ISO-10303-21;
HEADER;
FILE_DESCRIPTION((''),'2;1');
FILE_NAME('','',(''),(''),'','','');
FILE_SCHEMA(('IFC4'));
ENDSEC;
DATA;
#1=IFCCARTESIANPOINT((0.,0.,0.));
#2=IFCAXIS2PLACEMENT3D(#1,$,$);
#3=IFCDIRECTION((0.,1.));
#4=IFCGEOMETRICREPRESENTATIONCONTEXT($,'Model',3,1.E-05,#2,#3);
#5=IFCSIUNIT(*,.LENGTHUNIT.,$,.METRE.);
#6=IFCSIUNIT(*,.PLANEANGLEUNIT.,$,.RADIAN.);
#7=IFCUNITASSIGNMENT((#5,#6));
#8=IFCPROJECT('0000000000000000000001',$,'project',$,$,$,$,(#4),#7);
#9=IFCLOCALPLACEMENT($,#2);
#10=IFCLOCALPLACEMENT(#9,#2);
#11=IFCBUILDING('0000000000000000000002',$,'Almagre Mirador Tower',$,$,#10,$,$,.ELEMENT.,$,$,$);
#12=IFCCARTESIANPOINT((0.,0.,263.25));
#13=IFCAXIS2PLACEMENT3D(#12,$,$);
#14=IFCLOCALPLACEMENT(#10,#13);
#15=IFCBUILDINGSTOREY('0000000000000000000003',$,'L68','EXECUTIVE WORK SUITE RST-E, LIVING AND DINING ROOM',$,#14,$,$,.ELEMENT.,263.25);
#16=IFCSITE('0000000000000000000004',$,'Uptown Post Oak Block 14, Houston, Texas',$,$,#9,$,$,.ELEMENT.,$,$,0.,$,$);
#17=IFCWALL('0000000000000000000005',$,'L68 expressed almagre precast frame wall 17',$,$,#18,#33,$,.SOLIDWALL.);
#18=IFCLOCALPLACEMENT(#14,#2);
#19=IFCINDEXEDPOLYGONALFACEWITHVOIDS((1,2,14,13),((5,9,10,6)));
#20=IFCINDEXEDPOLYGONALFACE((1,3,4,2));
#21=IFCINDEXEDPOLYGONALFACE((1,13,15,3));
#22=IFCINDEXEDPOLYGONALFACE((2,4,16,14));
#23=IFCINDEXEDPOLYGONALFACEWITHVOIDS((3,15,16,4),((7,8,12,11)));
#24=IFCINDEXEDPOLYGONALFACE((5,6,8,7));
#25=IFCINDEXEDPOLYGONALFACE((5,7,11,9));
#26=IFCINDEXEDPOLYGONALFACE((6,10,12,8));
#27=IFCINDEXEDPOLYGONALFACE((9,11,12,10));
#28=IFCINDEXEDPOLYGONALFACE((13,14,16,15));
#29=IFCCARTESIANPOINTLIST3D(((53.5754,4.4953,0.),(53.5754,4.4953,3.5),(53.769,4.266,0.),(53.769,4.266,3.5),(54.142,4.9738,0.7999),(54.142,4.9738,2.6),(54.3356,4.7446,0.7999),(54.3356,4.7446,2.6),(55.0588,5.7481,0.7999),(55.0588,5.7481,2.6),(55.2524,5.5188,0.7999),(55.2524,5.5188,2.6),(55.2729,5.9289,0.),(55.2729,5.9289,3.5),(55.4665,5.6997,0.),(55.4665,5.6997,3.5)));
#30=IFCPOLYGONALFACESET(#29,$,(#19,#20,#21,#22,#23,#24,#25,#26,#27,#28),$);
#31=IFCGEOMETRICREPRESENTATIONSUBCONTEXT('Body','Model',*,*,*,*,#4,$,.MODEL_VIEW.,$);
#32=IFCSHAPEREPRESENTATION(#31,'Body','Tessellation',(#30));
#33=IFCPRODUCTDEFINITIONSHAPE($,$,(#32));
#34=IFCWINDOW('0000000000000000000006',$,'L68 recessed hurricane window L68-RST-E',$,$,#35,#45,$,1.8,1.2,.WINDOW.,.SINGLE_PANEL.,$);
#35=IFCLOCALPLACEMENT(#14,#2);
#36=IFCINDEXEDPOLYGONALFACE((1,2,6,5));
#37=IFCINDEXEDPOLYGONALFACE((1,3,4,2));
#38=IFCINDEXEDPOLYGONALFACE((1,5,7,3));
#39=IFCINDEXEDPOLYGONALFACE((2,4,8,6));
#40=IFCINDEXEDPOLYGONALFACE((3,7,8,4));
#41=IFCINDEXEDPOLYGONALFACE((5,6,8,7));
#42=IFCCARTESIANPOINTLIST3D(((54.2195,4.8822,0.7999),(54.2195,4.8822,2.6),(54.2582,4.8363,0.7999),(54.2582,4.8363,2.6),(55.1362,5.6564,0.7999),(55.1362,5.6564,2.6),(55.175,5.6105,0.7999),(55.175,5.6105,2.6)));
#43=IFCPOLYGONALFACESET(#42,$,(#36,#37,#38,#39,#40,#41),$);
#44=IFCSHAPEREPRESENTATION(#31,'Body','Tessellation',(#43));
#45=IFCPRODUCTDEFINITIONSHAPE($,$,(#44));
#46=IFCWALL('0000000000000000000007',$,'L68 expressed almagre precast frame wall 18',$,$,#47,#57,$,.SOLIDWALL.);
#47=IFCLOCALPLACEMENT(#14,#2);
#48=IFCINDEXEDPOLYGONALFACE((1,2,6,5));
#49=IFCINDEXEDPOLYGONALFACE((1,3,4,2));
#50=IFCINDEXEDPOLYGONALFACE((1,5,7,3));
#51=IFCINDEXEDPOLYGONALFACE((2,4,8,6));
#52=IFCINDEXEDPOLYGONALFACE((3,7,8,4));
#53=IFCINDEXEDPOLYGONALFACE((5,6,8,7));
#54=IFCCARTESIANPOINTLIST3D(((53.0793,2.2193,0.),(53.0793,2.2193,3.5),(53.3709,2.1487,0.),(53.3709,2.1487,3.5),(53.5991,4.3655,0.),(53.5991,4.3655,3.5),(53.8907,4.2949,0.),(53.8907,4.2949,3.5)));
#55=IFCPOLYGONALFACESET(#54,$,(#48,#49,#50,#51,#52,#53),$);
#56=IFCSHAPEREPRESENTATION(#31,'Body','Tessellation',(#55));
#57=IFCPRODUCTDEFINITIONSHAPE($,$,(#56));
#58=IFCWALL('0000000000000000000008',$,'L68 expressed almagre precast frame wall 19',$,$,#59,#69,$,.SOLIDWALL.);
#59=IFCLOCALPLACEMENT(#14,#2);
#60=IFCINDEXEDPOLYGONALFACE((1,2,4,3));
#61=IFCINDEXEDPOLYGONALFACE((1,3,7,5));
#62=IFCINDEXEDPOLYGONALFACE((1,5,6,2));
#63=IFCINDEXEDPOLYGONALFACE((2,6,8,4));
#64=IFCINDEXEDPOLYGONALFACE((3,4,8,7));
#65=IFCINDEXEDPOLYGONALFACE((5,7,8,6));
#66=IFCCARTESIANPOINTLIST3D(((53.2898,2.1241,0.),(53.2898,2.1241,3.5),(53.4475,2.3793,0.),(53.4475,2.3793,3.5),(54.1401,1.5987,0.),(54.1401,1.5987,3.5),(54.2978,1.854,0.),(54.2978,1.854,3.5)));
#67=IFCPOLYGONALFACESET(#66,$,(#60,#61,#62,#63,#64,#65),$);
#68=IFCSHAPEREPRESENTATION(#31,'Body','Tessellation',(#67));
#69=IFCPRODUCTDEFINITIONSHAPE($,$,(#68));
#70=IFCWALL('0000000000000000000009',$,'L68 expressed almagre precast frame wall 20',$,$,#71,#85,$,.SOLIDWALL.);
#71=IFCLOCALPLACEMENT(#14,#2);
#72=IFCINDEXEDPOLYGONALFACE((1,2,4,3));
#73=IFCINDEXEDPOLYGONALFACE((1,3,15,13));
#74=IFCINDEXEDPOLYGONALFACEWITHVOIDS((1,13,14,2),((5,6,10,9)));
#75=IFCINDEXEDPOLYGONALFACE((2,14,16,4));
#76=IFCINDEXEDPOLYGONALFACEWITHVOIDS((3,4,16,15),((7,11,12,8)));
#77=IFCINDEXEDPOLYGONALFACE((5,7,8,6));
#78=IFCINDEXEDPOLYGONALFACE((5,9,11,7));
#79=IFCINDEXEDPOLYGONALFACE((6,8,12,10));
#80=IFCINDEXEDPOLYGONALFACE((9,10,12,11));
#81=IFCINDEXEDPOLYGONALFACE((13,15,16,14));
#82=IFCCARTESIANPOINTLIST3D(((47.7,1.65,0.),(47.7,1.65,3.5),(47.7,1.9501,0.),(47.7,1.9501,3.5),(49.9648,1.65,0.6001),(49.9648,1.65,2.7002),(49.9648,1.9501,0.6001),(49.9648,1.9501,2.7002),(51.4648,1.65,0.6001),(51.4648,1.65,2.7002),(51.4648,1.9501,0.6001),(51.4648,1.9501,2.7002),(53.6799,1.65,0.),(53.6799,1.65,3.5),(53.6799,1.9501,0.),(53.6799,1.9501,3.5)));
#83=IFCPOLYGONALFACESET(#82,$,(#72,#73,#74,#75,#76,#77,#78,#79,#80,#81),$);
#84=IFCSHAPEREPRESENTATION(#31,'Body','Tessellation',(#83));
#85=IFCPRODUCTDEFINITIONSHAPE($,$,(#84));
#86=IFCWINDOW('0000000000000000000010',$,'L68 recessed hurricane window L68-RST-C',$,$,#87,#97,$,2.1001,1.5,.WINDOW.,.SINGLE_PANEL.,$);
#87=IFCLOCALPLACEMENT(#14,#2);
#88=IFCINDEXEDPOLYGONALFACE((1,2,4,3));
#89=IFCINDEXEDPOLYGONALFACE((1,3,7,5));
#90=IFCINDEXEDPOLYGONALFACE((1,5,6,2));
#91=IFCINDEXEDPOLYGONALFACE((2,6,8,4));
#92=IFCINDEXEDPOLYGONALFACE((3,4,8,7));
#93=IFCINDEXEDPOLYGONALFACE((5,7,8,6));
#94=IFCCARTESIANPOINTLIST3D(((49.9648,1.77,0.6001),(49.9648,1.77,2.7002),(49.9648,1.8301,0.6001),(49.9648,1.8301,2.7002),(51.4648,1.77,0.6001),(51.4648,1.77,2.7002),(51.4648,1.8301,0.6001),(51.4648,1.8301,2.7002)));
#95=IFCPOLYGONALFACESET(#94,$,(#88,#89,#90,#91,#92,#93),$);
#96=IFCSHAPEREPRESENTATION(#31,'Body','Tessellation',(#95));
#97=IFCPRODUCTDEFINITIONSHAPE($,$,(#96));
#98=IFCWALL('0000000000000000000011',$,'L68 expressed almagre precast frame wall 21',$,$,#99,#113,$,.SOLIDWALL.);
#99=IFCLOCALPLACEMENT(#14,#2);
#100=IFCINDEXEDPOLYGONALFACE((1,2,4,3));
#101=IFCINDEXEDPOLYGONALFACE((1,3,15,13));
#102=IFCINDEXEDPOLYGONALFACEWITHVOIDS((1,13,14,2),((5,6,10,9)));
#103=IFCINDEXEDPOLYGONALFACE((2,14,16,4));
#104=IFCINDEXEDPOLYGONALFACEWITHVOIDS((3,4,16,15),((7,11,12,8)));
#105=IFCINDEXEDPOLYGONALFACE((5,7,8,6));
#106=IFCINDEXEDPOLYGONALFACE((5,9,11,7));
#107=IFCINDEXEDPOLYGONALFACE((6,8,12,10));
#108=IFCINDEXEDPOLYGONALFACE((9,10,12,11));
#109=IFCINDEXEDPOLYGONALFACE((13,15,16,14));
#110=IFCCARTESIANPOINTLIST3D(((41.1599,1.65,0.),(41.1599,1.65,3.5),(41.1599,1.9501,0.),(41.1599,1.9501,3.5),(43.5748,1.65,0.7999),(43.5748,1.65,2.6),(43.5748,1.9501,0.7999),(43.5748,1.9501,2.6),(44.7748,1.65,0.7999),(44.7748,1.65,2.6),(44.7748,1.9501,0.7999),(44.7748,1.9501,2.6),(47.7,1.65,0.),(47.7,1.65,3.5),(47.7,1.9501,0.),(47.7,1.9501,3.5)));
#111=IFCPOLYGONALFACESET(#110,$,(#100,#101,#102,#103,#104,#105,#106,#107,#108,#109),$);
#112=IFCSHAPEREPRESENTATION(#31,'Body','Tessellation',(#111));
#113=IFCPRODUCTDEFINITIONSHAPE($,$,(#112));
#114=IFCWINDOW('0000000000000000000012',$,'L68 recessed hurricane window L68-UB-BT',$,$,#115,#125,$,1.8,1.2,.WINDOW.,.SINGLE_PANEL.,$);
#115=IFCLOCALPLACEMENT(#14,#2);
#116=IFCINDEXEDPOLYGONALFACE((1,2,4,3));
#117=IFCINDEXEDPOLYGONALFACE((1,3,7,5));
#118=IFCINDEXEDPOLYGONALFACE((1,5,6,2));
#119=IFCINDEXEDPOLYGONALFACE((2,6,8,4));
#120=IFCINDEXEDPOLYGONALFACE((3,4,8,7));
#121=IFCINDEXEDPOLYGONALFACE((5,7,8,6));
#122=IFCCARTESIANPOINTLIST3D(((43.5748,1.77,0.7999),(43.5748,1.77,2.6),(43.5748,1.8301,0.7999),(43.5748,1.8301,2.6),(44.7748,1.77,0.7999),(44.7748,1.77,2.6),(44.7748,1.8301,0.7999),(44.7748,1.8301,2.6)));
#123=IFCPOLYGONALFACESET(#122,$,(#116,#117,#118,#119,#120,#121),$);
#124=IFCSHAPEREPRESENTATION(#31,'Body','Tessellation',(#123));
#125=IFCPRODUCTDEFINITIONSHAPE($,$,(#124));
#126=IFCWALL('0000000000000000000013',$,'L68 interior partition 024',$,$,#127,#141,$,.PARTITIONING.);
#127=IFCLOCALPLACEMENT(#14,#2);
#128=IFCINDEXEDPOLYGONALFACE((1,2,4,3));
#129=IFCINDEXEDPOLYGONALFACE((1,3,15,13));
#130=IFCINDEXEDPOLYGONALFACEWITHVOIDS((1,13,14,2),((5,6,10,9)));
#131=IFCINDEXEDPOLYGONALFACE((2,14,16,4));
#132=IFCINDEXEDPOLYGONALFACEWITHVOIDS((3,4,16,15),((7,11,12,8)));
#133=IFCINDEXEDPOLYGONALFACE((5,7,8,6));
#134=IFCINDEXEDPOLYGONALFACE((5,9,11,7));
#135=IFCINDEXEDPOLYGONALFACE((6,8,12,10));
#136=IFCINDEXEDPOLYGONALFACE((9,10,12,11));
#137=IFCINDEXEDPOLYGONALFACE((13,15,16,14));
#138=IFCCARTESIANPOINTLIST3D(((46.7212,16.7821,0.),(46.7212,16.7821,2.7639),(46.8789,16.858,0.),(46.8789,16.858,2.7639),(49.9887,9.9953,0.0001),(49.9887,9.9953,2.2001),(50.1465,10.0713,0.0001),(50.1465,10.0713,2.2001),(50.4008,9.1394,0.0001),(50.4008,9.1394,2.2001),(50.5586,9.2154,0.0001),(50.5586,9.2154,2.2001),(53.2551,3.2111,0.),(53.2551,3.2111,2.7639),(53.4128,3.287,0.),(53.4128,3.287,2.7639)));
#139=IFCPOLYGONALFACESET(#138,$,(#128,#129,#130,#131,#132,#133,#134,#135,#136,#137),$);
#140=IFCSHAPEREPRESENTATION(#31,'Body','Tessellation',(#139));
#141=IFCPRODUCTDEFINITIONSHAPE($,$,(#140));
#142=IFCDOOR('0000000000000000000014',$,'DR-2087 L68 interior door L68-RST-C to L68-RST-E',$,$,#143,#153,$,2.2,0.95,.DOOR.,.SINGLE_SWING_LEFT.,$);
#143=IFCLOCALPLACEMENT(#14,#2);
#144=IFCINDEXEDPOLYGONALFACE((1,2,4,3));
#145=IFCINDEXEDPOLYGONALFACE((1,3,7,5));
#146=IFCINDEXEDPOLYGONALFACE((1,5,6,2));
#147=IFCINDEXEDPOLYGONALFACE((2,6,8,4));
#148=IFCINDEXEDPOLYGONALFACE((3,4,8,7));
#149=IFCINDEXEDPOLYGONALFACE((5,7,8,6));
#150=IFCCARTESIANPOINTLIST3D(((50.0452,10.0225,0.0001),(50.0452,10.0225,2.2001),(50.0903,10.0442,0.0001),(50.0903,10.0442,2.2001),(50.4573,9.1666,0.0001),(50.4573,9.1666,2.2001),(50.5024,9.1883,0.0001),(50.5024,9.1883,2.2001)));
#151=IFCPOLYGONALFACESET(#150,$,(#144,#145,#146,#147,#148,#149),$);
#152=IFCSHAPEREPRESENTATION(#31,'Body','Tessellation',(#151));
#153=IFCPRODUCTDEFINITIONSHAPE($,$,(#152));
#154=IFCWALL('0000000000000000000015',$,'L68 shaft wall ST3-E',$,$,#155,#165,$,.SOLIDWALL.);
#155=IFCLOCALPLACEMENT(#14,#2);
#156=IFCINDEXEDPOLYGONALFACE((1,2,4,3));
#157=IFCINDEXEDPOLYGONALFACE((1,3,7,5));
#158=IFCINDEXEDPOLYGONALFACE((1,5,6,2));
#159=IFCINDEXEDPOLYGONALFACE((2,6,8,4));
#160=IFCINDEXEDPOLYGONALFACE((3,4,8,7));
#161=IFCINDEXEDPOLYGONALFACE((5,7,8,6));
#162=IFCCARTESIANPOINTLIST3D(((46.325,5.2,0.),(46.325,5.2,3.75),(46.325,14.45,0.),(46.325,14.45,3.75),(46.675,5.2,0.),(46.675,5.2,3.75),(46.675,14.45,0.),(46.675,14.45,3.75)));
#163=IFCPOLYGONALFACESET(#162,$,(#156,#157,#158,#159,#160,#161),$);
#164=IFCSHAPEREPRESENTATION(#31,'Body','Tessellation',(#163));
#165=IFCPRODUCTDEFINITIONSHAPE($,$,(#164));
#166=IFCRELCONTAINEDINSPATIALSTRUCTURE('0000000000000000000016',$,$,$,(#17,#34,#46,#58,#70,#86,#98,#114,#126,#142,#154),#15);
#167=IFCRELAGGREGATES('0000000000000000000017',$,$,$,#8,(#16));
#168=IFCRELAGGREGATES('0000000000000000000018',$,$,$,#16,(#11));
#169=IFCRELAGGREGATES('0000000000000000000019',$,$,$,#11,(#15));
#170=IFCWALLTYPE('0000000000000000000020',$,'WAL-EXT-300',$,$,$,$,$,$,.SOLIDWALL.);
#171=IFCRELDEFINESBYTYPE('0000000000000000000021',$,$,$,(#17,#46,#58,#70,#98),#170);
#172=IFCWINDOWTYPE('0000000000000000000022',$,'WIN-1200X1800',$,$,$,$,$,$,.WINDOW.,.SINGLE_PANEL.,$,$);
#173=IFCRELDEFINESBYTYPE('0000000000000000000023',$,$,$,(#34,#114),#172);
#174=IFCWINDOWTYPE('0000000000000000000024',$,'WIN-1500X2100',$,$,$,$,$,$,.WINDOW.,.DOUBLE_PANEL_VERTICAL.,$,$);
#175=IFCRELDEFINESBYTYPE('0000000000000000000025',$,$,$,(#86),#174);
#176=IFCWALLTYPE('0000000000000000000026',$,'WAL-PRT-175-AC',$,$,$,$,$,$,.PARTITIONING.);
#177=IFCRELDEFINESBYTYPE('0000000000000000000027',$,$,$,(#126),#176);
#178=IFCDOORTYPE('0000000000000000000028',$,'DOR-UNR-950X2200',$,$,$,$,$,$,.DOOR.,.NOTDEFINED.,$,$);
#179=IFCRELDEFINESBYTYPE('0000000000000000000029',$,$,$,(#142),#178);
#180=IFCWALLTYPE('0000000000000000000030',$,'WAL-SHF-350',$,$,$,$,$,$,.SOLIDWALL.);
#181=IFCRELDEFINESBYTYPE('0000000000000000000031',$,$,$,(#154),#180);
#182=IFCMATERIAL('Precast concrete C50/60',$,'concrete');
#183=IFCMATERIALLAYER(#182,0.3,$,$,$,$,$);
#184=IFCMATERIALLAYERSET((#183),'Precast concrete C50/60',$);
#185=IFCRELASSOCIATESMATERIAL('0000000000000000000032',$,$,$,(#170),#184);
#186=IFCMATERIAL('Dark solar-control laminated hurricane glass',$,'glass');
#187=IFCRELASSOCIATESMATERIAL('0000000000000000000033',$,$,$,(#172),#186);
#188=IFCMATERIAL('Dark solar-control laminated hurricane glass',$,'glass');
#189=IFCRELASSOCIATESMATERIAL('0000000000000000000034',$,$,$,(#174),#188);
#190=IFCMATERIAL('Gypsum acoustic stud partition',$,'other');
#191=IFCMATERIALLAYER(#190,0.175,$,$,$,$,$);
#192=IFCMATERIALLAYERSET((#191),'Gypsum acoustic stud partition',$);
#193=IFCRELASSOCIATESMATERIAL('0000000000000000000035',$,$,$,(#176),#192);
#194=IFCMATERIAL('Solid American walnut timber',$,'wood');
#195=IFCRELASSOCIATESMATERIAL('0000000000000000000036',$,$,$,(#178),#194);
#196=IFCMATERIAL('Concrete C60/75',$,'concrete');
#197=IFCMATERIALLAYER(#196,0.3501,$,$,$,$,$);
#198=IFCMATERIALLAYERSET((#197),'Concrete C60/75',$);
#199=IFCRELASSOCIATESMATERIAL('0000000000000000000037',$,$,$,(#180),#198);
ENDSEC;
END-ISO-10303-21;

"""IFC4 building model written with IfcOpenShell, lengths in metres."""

from ifc_helpers import new_model, si_unit, direction, frame, frame_2d, origin, place, context, subcontext, project, spatial, rectangle, extrude, material, layer, layer_set, type_object, element, fill, save


model = new_model("IFC4")

# Units and contexts
model_context = context("Model", 3, precision=1e-05, world=origin(), true_north=direction((0.0, 1.0)))
body_context = subcontext(model_context, "Body", "Model", "MODEL_VIEW")
ifc_project = project(units=[si_unit("LENGTHUNIT", "METRE"), si_unit("PLANEANGLEUNIT", "RADIAN")], contexts=[model_context])

# Site, building, storey
site_placement = place(None, origin())
site = spatial("IfcSite", under=ifc_project, at=site_placement, Name="Uptown Post Oak Block 14, Houston, Texas", CompositionType="ELEMENT", RefElevation=0.0)
building_placement = place(site_placement, origin())
building = spatial("IfcBuilding", under=site, at=building_placement, Name="Almagre Mirador Tower", CompositionType="ELEMENT")
storey_placement = place(building_placement, frame((0.0, 0.0, 263.25)))
storey = spatial("IfcBuildingStorey", under=building, at=storey_placement, Name="L68", Description="EXECUTIVE WORK SUITE RST-E, LIVING AND DINING ROOM", CompositionType="ELEMENT", Elevation=263.25)

# Shared definitions
ifc_material_1 = material(Name="Precast concrete C50/60", Category="concrete")
ifc_layer_1 = layer(ifc_material_1, 0.3)
ifc_layer_set_1 = layer_set([ifc_layer_1], Name="Precast concrete C50/60")
wall_type_1 = type_object("IfcWallType", Name="WAL-EXT-300", PredefinedType="SOLIDWALL", material=ifc_layer_set_1)
ifc_material_2 = material(Name="Dark solar-control laminated hurricane glass", Category="glass")
window_type_1 = type_object("IfcWindowType", Name="WIN-1200X1800", PartitioningType="SINGLE_PANEL", PredefinedType="WINDOW", material=ifc_material_2)

# Wall, opening, window
wall_1_placement = place(storey_placement, frame((55.3696, 5.8142, 0.0), z_axis=(0.0, 0.0, 1.0), x_axis=(-0.763999, -0.645218, 0.0)))
wall_1 = element("IfcWall", 1, at=wall_1_placement, inside=storey, type_object=wall_type_1, Name="L68 expressed almagre precast frame wall 17", PredefinedType="SOLIDWALL", context=body_context, shape_type="SweptSolid", body=[
    extrude(rectangle(XDim=2.2219, YDim=0.3, at=frame_2d((1.1108, 0.0))), origin(), (0.0, 0.0, 1.0), 3.5),
])
opening_1_placement = place(wall_1_placement, frame((0.28, 0.0, 0.8)))
opening_1 = element("IfcOpeningElement", 2, at=opening_1_placement, cuts=wall_1, PredefinedType="OPENING", context=body_context, shape_type="SweptSolid", body=[
    extrude(rectangle(XDim=1.2, YDim=1.8, at=frame_2d((0.6001, 0.8999))), frame((0.0, 0.1599, 0.0), z_axis=(0.0, -1.0, 0.0), x_axis=(1.0, 0.0, 0.0)), (0.0, 0.0, 1.0), 0.32),
])
window_1_placement = place(opening_1_placement, origin())
window_1 = element("IfcWindow", 3, at=window_1_placement, inside=storey, type_object=window_type_1, Name="L68 recessed hurricane window L68-RST-E", OverallHeight=1.8, OverallWidth=1.2, PartitioningType="SINGLE_PANEL", PredefinedType="WINDOW", context=body_context, shape_type="SweptSolid", body=[
    extrude(rectangle(XDim=1.2, YDim=1.8, at=frame_2d((0.6001, 0.8999))), frame((0.0, 0.03, 0.0), z_axis=(0.0, -1.0, 0.0), x_axis=(1.0, 0.0, 0.0)), (0.0, 0.0, 1.0), 0.0601),
])
fill(opening_1, window_1)

# Walls
wall_2_placement = place(storey_placement, frame((53.7449, 4.3301, 0.0), z_axis=(0.0, 0.0, 1.0), x_axis=(-0.235375, -0.971905, 0.0)))
element("IfcWall", 4, at=wall_2_placement, inside=storey, type_object=wall_type_1, Name="L68 expressed almagre precast frame wall 18", PredefinedType="SOLIDWALL", context=body_context, shape_type="SweptSolid", body=[
    extrude(rectangle(XDim=2.2083, YDim=0.3, at=frame_2d((1.104, 0.0))), origin(), (0.0, 0.0, 1.0), 3.5),
])
wall_3_placement = place(storey_placement, frame((53.3687, 2.2517, 0.0), z_axis=(0.0, 0.0, 1.0), x_axis=(0.850718, -0.525623, 0.0)))
element("IfcWall", 5, at=wall_3_placement, inside=storey, type_object=wall_type_1, Name="L68 expressed almagre precast frame wall 19", PredefinedType="SOLIDWALL", context=body_context, shape_type="SweptSolid", body=[
    extrude(rectangle(XDim=0.9995, YDim=0.3, at=frame_2d((0.4998, 0.0))), origin(), (0.0, 0.0, 1.0), 3.5),
])

# Walls, openings, windows
wall_4_placement = place(storey_placement, frame((53.6799, 1.8, 0.0), z_axis=(0.0, 0.0, 1.0), x_axis=(-1.0, 0.0, 0.0)))
wall_4 = element("IfcWall", 6, at=wall_4_placement, inside=storey, type_object=wall_type_1, Name="L68 expressed almagre precast frame wall 20", PredefinedType="SOLIDWALL", context=body_context, shape_type="SweptSolid", body=[
    extrude(rectangle(XDim=5.98, YDim=0.3, at=frame_2d((2.99, 0.0))), origin(), (0.0, 0.0, 1.0), 3.5),
])
opening_2_placement = place(wall_4_placement, frame((2.2151, 0.0, 0.6001)))
opening_2 = element("IfcOpeningElement", 7, at=opening_2_placement, cuts=wall_4, PredefinedType="OPENING", context=body_context, shape_type="SweptSolid", body=[
    extrude(rectangle(XDim=1.5, YDim=2.1001, at=frame_2d((0.75, 1.05))), frame((0.0, 0.1599, 0.0), z_axis=(0.0, -1.0, 0.0), x_axis=(1.0, 0.0, 0.0)), (0.0, 0.0, 1.0), 0.32),
])
ifc_material_3 = material(Name="Dark solar-control laminated hurricane glass", Category="glass")
window_type_2 = type_object("IfcWindowType", Name="WIN-1500X2100", PartitioningType="DOUBLE_PANEL_VERTICAL", PredefinedType="WINDOW", material=ifc_material_3)
window_2_placement = place(opening_2_placement, origin())
window_2 = element("IfcWindow", 8, at=window_2_placement, inside=storey, type_object=window_type_2, Name="L68 recessed hurricane window L68-RST-C", OverallHeight=2.1001, OverallWidth=1.5, PartitioningType="SINGLE_PANEL", PredefinedType="WINDOW", context=body_context, shape_type="SweptSolid", body=[
    extrude(rectangle(XDim=1.5, YDim=2.1001, at=frame_2d((0.75, 1.05))), frame((0.0, 0.03, 0.0), z_axis=(0.0, -1.0, 0.0), x_axis=(1.0, 0.0, 0.0)), (0.0, 0.0, 1.0), 0.0601),
])
fill(opening_2, window_2)
wall_5_placement = place(storey_placement, frame((47.7, 1.8, 0.0), z_axis=(0.0, 0.0, 1.0), x_axis=(-1.0, 0.0, 0.0)))
wall_5 = element("IfcWall", 9, at=wall_5_placement, inside=storey, type_object=wall_type_1, Name="L68 expressed almagre precast frame wall 21", PredefinedType="SOLIDWALL", context=body_context, shape_type="SweptSolid", body=[
    extrude(rectangle(XDim=6.54, YDim=0.3, at=frame_2d((3.27, 0.0))), origin(), (0.0, 0.0, 1.0), 3.5),
])
opening_3_placement = place(wall_5_placement, frame((2.925, 0.0, 0.8)))
opening_3 = element("IfcOpeningElement", 10, at=opening_3_placement, cuts=wall_5, PredefinedType="OPENING", context=body_context, shape_type="SweptSolid", body=[
    extrude(rectangle(XDim=1.2, YDim=1.8, at=frame_2d((0.6001, 0.8999))), frame((0.0, 0.1599, 0.0), z_axis=(0.0, -1.0, 0.0), x_axis=(1.0, 0.0, 0.0)), (0.0, 0.0, 1.0), 0.32),
])
window_3_placement = place(opening_3_placement, origin())
window_3 = element("IfcWindow", 11, at=window_3_placement, inside=storey, type_object=window_type_1, Name="L68 recessed hurricane window L68-UB-BT", OverallHeight=1.8, OverallWidth=1.2, PartitioningType="SINGLE_PANEL", PredefinedType="WINDOW", context=body_context, shape_type="SweptSolid", body=[
    extrude(rectangle(XDim=1.2, YDim=1.8, at=frame_2d((0.6001, 0.8999))), frame((0.0, 0.03, 0.0), z_axis=(0.0, -1.0, 0.0), x_axis=(1.0, 0.0, 0.0)), (0.0, 0.0, 1.0), 0.0601),
])
fill(opening_3, window_3)

# Wall, opening, door
ifc_material_4 = material(Name="Gypsum acoustic stud partition", Category="other")
ifc_layer_2 = layer(ifc_material_4, 0.175)
ifc_layer_set_2 = layer_set([ifc_layer_2], Name="Gypsum acoustic stud partition")
wall_type_2 = type_object("IfcWallType", Name="WAL-PRT-175-AC", PredefinedType="PARTITIONING", material=ifc_layer_set_2)
wall_6_placement = place(storey_placement, frame((53.334, 3.249, 0.0), z_axis=(0.0, 0.0, 1.0), x_axis=(-0.433801, 0.901009, 0.0)))
wall_6 = element("IfcWall", 12, at=wall_6_placement, inside=storey, type_object=wall_type_2, Name="L68 interior partition 024", PredefinedType="PARTITIONING", context=body_context, shape_type="SweptSolid", body=[
    extrude(rectangle(XDim=15.062, YDim=0.175, at=frame_2d((7.531, 0.0))), origin(), (0.0, 0.0, 1.0), 2.7639),
])
opening_4_placement = place(wall_6_placement, frame((6.5796, 0.0, 0.0)))
opening_4 = element("IfcOpeningElement", 13, at=opening_4_placement, cuts=wall_6, PredefinedType="OPENING", context=body_context, shape_type="SweptSolid", body=[
    extrude(rectangle(XDim=0.95, YDim=2.2, at=frame_2d((0.4751, 1.1001))), frame((0.0, 0.0974, 0.0), z_axis=(0.0, -1.0, 0.0), x_axis=(1.0, 0.0, 0.0)), (0.0, 0.0, 1.0), 0.195),
])
ifc_material_5 = material(Name="Solid American walnut timber", Category="wood")
door_type = type_object("IfcDoorType", Name="DOR-UNR-950X2200", OperationType="NOTDEFINED", PredefinedType="DOOR", material=ifc_material_5)
door_placement = place(opening_4_placement, origin())
door = element("IfcDoor", 14, at=door_placement, inside=storey, type_object=door_type, Name="DR-2087 L68 interior door L68-RST-C to L68-RST-E", OperationType="SINGLE_SWING_LEFT", OverallHeight=2.2, OverallWidth=0.95, PredefinedType="DOOR", context=body_context, shape_type="SweptSolid", body=[
    extrude(rectangle(XDim=0.95, YDim=2.2, at=frame_2d((0.4751, 1.1001))), frame((0.0, 0.0249, 0.0), z_axis=(0.0, -1.0, 0.0), x_axis=(1.0, 0.0, 0.0)), (0.0, 0.0, 1.0), 0.05),
])
fill(opening_4, door)

# Wall
ifc_material_6 = material(Name="Concrete C60/75", Category="concrete")
ifc_layer_3 = layer(ifc_material_6, 0.3501)
ifc_layer_set_3 = layer_set([ifc_layer_3], Name="Concrete C60/75")
wall_type_3 = type_object("IfcWallType", Name="WAL-SHF-350", PredefinedType="SOLIDWALL", material=ifc_layer_set_3)
wall_7_placement = place(storey_placement, frame((46.5, 5.2, 0.0), z_axis=(0.0, 0.0, 1.0), x_axis=(0.0, 1.0, 0.0)))
element("IfcWall", 15, at=wall_7_placement, inside=storey, type_object=wall_type_3, Name="L68 shaft wall ST3-E", PredefinedType="SOLIDWALL", context=body_context, shape_type="SweptSolid", body=[
    extrude(rectangle(XDim=9.25, YDim=0.3501, at=frame_2d((4.625, 0.0))), origin(), (0.0, 0.0, 1.0), 3.75),
])

save(model, "model.ifc")
